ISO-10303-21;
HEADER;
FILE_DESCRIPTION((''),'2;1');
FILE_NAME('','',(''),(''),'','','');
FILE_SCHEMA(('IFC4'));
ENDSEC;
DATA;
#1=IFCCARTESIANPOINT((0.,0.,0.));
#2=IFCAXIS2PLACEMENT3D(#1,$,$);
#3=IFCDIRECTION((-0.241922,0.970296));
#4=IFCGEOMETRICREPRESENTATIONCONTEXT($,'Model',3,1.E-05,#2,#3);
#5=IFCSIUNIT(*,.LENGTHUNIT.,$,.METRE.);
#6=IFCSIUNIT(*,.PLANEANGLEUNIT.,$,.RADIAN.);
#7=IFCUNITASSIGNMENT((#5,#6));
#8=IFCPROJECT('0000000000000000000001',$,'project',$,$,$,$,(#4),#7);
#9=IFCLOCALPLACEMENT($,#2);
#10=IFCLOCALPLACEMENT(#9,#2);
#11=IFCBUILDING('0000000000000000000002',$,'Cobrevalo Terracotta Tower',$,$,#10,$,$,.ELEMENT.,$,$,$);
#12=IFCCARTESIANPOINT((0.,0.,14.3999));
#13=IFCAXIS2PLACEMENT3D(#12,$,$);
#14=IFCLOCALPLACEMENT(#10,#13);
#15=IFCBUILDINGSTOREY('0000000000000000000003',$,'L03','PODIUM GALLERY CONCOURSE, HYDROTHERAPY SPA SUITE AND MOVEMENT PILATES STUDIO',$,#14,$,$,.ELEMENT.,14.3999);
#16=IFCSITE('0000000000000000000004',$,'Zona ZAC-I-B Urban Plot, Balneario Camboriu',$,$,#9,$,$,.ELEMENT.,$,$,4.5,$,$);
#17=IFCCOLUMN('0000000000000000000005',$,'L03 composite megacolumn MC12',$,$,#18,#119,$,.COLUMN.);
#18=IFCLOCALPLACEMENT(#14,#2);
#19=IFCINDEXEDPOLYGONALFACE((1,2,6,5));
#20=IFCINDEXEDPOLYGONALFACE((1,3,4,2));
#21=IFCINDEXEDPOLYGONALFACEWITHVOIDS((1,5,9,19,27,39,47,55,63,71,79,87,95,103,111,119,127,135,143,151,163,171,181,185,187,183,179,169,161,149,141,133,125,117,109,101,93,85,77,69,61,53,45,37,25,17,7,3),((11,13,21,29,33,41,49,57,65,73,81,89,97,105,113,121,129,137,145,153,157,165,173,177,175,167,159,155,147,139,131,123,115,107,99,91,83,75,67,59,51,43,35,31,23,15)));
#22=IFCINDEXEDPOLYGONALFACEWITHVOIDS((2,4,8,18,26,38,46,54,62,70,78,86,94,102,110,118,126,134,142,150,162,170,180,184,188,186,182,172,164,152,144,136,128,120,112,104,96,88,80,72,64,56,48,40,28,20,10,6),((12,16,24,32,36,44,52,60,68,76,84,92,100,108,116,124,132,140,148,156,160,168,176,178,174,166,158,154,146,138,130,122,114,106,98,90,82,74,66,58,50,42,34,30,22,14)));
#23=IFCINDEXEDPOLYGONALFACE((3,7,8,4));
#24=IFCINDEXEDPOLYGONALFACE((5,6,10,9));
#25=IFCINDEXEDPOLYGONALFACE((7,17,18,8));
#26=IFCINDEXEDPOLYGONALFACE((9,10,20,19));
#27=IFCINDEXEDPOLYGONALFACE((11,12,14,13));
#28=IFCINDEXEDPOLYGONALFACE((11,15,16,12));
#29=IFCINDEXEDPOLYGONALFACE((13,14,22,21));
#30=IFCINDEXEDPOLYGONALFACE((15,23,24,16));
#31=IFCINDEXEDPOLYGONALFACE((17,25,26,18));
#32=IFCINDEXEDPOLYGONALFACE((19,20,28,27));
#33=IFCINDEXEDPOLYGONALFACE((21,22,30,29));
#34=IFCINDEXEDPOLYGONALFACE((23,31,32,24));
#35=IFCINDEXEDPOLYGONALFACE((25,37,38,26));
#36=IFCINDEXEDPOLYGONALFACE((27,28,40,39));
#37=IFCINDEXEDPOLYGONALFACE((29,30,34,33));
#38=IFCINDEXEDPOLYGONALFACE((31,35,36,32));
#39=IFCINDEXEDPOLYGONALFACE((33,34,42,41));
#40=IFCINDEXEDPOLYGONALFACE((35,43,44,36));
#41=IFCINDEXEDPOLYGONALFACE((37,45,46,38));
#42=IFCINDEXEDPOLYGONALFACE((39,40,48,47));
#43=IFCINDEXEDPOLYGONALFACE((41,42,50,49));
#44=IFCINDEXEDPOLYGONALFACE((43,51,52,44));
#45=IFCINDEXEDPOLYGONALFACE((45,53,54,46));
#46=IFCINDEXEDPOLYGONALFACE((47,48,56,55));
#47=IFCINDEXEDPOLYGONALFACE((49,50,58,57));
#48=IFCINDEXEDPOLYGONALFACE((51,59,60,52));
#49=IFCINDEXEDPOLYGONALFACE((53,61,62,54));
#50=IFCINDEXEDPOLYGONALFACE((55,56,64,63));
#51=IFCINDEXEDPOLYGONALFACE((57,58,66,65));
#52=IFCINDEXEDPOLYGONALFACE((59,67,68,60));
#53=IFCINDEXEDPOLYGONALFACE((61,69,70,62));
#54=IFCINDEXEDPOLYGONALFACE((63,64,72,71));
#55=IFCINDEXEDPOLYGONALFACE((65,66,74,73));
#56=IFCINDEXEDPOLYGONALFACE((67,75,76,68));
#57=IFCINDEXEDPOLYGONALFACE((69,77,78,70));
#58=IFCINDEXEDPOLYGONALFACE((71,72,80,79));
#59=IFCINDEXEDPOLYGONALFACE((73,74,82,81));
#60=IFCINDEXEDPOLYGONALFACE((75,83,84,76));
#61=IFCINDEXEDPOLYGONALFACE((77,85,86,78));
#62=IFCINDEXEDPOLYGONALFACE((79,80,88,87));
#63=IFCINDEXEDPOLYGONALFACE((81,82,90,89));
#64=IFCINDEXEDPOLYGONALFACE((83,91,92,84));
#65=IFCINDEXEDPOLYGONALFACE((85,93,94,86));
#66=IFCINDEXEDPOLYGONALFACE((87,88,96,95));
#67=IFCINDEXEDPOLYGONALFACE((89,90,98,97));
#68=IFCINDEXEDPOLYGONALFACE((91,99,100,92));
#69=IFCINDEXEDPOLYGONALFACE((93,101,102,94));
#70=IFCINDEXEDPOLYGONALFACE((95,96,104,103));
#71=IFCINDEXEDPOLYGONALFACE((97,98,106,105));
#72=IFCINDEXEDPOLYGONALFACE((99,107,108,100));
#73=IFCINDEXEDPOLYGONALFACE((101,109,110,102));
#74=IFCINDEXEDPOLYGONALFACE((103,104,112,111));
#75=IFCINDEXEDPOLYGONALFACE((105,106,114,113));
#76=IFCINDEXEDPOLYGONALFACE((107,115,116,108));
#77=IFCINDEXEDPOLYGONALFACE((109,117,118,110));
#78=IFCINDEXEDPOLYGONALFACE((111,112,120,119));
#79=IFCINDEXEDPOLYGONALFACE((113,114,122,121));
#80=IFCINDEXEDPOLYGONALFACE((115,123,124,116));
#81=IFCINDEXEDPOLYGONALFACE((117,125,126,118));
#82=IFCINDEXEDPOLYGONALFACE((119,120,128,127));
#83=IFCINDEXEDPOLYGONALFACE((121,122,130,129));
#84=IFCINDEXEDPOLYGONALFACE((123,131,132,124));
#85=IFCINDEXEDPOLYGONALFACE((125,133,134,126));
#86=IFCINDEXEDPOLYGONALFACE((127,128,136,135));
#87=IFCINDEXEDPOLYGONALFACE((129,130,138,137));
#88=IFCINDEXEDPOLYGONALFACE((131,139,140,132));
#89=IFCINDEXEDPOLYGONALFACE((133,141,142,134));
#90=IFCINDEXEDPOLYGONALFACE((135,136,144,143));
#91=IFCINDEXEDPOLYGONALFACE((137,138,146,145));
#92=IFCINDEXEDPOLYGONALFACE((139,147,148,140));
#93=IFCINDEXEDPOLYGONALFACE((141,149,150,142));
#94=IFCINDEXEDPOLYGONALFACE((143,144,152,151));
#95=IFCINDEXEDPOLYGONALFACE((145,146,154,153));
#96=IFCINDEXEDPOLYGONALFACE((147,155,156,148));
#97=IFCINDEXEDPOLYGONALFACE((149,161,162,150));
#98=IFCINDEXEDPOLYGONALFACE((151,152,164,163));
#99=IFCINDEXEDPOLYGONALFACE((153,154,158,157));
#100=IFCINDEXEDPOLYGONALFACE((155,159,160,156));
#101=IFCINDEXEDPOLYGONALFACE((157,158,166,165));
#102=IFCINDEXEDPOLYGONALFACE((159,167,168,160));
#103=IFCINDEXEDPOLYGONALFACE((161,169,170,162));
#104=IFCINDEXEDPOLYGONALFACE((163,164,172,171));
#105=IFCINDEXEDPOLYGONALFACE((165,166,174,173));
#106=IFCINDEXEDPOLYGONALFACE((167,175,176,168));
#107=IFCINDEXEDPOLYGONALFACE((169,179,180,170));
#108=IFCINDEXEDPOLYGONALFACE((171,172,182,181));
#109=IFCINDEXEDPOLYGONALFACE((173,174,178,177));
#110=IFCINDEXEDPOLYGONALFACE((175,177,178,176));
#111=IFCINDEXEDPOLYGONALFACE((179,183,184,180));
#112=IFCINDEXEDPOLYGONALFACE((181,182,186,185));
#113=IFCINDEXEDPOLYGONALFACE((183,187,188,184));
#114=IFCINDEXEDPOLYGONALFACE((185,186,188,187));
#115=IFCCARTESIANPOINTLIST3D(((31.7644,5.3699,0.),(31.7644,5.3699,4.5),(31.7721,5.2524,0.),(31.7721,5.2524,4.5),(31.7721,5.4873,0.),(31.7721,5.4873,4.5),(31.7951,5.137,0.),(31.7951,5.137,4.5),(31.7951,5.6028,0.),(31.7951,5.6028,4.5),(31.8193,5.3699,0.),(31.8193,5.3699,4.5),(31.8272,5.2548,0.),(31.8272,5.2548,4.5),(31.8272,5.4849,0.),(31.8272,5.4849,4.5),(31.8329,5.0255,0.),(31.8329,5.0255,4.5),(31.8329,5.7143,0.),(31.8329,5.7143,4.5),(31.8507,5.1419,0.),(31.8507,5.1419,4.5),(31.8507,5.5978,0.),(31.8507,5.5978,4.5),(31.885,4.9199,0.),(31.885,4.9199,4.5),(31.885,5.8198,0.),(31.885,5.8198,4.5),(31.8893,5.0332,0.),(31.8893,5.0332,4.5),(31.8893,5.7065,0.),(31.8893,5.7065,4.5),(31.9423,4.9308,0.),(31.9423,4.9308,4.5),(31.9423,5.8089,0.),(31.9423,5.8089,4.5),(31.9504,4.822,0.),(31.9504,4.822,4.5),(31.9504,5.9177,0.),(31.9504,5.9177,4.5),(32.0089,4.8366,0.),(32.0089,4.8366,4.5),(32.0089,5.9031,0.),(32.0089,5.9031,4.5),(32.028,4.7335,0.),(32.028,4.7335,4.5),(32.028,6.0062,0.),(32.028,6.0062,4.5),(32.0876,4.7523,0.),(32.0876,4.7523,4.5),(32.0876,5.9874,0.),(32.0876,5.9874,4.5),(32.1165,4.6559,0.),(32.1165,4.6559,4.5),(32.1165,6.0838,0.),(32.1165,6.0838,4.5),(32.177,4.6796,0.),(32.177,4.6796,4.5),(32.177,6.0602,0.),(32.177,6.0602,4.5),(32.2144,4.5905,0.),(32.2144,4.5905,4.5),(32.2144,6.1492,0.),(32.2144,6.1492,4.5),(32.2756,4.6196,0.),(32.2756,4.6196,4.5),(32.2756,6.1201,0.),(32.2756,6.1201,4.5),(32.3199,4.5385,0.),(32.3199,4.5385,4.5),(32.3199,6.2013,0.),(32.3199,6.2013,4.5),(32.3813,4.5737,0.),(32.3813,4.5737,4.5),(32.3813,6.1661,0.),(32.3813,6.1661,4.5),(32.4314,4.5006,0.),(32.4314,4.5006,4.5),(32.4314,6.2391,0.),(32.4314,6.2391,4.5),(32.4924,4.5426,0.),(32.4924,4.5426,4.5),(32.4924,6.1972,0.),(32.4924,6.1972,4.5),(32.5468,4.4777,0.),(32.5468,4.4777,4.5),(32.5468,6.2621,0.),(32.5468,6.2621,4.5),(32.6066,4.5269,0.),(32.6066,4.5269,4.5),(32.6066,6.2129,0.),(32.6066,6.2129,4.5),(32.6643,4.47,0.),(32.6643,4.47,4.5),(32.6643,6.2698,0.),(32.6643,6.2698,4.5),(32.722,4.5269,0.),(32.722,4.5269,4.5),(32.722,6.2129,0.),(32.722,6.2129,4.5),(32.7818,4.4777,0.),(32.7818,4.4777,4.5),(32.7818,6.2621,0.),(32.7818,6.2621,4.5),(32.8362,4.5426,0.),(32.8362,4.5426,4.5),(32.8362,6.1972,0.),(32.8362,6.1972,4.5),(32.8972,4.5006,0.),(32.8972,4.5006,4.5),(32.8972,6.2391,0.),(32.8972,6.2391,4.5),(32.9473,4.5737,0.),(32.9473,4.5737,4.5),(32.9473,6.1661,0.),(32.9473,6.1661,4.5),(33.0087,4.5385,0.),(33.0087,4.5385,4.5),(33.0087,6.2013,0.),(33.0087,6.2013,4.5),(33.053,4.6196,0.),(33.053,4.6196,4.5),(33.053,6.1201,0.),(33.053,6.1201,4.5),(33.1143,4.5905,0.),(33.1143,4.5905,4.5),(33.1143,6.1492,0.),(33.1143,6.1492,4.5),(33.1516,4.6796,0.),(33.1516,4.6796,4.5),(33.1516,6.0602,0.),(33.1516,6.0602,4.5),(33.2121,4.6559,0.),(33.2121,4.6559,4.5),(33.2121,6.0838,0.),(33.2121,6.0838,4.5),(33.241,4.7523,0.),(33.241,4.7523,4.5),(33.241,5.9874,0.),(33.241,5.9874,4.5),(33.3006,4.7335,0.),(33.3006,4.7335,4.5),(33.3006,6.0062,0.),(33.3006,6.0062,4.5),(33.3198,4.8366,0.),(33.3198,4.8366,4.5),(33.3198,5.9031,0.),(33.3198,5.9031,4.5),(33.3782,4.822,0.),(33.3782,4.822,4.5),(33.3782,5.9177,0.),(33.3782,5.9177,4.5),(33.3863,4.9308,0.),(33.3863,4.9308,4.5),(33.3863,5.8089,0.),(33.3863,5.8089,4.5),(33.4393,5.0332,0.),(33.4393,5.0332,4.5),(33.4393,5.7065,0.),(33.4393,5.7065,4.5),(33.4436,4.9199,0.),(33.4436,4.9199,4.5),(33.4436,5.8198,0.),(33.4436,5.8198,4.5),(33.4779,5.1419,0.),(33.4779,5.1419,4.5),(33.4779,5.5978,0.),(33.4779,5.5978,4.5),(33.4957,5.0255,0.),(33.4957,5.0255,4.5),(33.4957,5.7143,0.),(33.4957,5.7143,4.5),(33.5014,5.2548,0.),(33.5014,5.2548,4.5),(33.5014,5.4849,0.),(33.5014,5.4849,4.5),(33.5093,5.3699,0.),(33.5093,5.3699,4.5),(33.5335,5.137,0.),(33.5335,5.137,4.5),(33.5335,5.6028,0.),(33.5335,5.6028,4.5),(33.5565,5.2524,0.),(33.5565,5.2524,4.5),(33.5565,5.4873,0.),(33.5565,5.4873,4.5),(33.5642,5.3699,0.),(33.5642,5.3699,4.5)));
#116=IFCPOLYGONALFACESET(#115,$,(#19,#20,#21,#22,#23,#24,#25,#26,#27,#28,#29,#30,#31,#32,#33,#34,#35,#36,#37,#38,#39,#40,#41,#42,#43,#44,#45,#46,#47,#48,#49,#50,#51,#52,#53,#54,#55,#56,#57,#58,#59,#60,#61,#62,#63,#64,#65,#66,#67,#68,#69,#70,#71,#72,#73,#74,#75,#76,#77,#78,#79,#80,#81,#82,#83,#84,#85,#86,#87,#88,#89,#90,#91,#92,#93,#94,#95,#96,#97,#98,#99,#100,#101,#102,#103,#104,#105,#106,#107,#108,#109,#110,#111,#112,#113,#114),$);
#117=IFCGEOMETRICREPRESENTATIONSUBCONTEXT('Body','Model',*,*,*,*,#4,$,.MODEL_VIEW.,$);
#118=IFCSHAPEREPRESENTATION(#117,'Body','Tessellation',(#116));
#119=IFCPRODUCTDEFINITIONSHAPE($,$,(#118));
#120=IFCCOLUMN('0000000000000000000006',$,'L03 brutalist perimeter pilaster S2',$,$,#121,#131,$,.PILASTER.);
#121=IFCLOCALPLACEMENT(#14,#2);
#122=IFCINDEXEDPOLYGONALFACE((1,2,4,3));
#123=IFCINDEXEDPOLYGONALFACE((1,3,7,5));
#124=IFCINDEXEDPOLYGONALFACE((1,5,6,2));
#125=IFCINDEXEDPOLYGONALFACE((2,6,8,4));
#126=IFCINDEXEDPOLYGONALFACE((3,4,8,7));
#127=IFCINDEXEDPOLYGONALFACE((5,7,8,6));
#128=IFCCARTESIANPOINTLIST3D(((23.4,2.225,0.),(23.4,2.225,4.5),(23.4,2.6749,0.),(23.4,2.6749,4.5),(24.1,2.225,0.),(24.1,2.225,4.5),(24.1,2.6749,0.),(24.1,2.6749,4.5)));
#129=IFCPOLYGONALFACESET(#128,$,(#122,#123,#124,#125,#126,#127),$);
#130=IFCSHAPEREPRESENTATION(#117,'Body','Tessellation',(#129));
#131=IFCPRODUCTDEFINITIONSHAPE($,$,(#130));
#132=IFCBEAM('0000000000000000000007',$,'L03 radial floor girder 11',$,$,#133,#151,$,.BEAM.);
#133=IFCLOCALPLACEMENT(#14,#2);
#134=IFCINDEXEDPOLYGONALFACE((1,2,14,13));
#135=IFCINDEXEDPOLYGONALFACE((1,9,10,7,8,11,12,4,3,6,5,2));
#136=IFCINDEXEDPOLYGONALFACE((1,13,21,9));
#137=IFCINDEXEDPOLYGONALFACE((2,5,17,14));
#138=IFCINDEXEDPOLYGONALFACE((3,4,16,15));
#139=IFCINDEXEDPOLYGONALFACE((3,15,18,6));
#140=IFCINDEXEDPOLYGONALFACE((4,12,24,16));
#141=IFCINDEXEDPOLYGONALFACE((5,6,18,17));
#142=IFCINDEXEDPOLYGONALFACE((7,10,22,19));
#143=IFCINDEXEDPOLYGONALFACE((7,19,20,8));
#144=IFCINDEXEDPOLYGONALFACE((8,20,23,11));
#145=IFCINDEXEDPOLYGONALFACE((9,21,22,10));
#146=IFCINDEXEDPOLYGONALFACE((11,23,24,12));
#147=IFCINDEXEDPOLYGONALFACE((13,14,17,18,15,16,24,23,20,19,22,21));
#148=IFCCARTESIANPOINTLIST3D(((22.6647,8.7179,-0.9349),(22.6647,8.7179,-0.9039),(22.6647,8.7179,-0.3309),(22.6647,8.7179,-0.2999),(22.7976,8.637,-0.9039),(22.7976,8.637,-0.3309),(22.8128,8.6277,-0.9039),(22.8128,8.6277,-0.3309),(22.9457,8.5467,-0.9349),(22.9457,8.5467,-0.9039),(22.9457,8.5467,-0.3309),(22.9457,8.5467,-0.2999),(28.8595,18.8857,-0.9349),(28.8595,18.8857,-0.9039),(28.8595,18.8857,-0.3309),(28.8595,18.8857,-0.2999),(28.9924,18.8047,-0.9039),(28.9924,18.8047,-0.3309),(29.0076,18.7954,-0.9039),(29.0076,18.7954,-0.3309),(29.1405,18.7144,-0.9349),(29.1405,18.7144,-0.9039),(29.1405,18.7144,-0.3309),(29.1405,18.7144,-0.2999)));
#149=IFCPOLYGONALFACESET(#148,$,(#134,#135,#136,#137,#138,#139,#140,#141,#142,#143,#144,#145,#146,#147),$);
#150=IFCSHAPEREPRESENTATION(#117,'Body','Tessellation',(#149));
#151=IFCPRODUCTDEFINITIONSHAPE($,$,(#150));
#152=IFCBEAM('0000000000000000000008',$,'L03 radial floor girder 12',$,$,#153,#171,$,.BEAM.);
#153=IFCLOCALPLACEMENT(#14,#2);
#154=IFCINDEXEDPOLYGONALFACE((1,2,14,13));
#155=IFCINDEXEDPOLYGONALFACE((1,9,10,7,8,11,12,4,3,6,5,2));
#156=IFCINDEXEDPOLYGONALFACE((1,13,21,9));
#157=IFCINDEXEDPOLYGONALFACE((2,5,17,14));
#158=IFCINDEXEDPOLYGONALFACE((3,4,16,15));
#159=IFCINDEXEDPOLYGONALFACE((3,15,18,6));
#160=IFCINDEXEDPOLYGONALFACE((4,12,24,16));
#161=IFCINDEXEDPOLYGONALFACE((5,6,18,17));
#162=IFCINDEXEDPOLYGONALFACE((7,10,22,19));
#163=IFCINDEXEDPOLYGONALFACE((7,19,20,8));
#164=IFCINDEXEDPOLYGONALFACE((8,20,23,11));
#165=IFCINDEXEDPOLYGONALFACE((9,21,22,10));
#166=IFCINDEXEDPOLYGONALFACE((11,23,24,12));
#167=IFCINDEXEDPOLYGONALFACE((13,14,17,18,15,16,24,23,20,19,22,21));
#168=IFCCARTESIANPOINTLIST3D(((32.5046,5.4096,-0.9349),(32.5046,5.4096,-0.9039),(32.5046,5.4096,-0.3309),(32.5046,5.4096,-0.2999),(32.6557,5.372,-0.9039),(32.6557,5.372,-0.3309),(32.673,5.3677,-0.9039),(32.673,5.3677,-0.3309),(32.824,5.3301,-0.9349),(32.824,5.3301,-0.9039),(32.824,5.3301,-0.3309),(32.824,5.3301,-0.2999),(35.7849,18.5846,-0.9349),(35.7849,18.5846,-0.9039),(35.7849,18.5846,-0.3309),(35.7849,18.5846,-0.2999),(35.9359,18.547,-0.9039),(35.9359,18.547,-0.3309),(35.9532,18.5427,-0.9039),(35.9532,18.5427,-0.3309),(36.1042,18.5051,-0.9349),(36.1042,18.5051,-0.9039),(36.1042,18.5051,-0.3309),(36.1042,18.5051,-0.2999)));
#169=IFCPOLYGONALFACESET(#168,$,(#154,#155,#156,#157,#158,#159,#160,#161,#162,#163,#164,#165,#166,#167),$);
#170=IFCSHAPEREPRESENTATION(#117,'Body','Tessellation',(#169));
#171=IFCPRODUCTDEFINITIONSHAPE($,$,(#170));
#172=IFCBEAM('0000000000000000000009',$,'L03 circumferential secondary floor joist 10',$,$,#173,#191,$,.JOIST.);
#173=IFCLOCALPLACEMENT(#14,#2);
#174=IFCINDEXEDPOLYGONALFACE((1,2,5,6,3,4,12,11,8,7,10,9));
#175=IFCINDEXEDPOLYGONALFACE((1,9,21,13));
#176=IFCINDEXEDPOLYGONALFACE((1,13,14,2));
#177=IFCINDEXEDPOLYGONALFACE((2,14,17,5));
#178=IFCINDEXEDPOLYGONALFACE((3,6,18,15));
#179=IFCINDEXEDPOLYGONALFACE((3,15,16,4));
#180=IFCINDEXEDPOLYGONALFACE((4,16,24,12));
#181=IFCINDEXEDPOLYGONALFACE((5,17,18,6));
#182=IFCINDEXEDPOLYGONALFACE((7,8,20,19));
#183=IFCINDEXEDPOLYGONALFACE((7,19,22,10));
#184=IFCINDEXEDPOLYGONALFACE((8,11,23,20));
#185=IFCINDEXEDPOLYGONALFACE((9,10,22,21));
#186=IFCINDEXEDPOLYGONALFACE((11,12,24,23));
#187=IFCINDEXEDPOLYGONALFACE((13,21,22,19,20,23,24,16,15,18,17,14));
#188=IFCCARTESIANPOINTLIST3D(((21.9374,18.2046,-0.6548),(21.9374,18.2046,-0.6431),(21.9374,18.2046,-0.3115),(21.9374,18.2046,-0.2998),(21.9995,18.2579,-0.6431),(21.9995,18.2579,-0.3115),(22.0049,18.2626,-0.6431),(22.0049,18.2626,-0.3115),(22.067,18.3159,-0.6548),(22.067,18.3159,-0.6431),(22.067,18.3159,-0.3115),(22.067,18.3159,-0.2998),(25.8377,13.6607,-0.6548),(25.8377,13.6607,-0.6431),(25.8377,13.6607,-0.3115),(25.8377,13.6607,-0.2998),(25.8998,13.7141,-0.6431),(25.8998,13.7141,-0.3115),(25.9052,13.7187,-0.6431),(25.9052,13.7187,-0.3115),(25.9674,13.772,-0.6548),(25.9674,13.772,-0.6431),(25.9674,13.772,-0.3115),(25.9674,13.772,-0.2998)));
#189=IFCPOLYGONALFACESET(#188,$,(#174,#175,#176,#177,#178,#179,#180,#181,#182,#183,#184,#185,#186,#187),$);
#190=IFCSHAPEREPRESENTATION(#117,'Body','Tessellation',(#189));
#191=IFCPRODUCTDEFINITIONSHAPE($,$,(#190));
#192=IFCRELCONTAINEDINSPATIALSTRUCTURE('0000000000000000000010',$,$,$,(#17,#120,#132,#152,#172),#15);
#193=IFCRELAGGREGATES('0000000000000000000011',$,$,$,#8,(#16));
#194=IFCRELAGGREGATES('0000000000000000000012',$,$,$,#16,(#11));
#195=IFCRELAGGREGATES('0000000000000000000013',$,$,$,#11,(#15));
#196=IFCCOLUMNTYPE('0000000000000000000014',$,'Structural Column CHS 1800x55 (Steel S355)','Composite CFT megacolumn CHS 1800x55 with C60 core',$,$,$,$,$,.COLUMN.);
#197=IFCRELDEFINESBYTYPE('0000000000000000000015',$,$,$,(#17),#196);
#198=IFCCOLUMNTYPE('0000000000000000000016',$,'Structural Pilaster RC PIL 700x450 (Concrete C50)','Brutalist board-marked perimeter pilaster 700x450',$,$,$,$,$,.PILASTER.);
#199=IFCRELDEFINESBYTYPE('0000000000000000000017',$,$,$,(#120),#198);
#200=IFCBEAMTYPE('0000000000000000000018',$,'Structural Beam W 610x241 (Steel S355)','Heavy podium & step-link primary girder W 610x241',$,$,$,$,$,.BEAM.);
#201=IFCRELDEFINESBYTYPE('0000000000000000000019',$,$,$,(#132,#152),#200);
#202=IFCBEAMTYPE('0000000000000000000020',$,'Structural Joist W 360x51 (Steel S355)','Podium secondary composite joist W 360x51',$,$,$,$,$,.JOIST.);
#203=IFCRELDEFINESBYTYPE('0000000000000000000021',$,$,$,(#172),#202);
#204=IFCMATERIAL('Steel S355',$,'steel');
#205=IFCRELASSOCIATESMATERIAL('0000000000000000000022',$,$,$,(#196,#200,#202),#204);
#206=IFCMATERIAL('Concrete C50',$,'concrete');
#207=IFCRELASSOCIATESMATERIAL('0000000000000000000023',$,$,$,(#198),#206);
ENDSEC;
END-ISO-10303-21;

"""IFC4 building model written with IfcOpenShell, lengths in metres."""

from ifc_helpers import new_model, si_unit, direction, frame, origin, origin_2d, place, context, subcontext, project, spatial, rectangle, hollow_circle, i_section, extrude, material, material_profile, profile_set, type_object, element, save


model = new_model("IFC4")

# Units and contexts
model_context = context("Model", 3, precision=1e-05, world=origin(), true_north=direction((-0.241922, 0.970296)))
body_context = subcontext(model_context, "Body", "Model", "MODEL_VIEW")
ifc_project = project(units=[si_unit("LENGTHUNIT", "METRE"), si_unit("PLANEANGLEUNIT", "RADIAN")], contexts=[model_context])

# Site, building, storey
site_placement = place(None, origin())
site = spatial("IfcSite", under=ifc_project, at=site_placement, Name="Zona ZAC-I-B Urban Plot, Balneario Camboriu", CompositionType="ELEMENT", RefElevation=4.5)
building_placement = place(site_placement, origin())
building = spatial("IfcBuilding", under=site, at=building_placement, Name="Cobrevalo Terracotta Tower", CompositionType="ELEMENT")
storey_placement = place(building_placement, frame((0.0, 0.0, 14.3999)))
storey = spatial("IfcBuildingStorey", under=building, at=storey_placement, Name="L03", Description="PODIUM GALLERY CONCOURSE, HYDROTHERAPY SPA SUITE AND MOVEMENT PILATES STUDIO", CompositionType="ELEMENT", Elevation=14.3999)

# Columns
ifc_material_1 = material(Name="Steel S355", Category="steel")
ifc_material_profile_1 = material_profile(ifc_material_1, hollow_circle(Radius=0.8999, WallThickness=0.0549, at=origin_2d()), Name="CHS 1800x55")
ifc_profile_set_1 = profile_set([ifc_material_profile_1], Name="Steel S355")
column_type_1 = type_object("IfcColumnType", Name="Structural Column CHS 1800x55 (Steel S355)", Description="Composite CFT megacolumn CHS 1800x55 with C60 core", PredefinedType="COLUMN", material=ifc_profile_set_1)
for number, where, z_axis, x_axis, name in (
    (1, (32.6643, 5.3699, 0.0), (0.0, 0.0, 1.0), (1.0, 0.0, 0.0), "L03 composite megacolumn MC12"),
):
    element("IfcColumn", number, at=place(storey_placement, frame(where, z_axis=z_axis, x_axis=x_axis)), inside=storey, type_object=column_type_1, Name=name, PredefinedType="COLUMN", context=body_context, shape_type="SweptSolid", body=[
        extrude(hollow_circle(Radius=0.8999, WallThickness=0.0549, at=origin_2d()), origin(), (0.0, 0.0, 1.0), 4.5),
    ])
ifc_material_2 = material(Name="Concrete C50", Category="concrete")
ifc_material_profile_2 = material_profile(ifc_material_2, rectangle(XDim=0.7, YDim=0.45, at=origin_2d()), Name="RC PIL 700x450")
ifc_profile_set_2 = profile_set([ifc_material_profile_2], Name="Concrete C50")
column_type_2 = type_object("IfcColumnType", Name="Structural Pilaster RC PIL 700x450 (Concrete C50)", Description="Brutalist board-marked perimeter pilaster 700x450", PredefinedType="PILASTER", material=ifc_profile_set_2)
column_placement = place(storey_placement, frame((23.75, 2.45, 0.0), z_axis=(0.0, 0.0, 1.0), x_axis=(1.0, 0.0, 0.0)))
element("IfcColumn", 2, at=column_placement, inside=storey, type_object=column_type_2, Name="L03 brutalist perimeter pilaster S2", PredefinedType="PILASTER", context=body_context, shape_type="SweptSolid", body=[
    extrude(rectangle(XDim=0.7, YDim=0.45, at=origin_2d()), origin(), (0.0, 0.0, 1.0), 4.5),
])

# Beams
ifc_material_profile_3 = material_profile(ifc_material_1, i_section(OverallWidth=0.3291, OverallDepth=0.635, WebThickness=0.0178, FlangeThickness=0.031, at=origin_2d()), Name="W 610x241")
ifc_profile_set_3 = profile_set([ifc_material_profile_3], Name="Steel S355")
beam_type_1 = type_object("IfcBeamType", Name="Structural Beam W 610x241 (Steel S355)", Description="Heavy podium & step-link primary girder W 610x241", PredefinedType="BEAM", material=ifc_profile_set_3)
beam_1_placement = place(storey_placement, frame((22.8052, 8.6323, -0.6174), z_axis=(0.520301, 0.853983, 0.0), x_axis=(-0.853983, 0.520301, 0.0)))
element("IfcBeam", 3, at=beam_1_placement, inside=storey, type_object=beam_type_1, Name="L03 radial floor girder 11", PredefinedType="BEAM", context=body_context, shape_type="SweptSolid", body=[
    extrude(i_section(OverallWidth=0.3291, OverallDepth=0.635, WebThickness=0.0178, FlangeThickness=0.031, at=origin_2d()), origin(), (0.0, 0.0, 1.0), 11.9062),
])
beam_2_placement = place(storey_placement, frame((32.6643, 5.3699, -0.6174), z_axis=(0.2416, 0.970376, 0.0), x_axis=(-0.970376, 0.2416, 0.0)))
element("IfcBeam", 4, at=beam_2_placement, inside=storey, type_object=beam_type_1, Name="L03 radial floor girder 12", PredefinedType="BEAM", context=body_context, shape_type="SweptSolid", body=[
    extrude(i_section(OverallWidth=0.3291, OverallDepth=0.635, WebThickness=0.0178, FlangeThickness=0.031, at=origin_2d()), origin(), (0.0, 0.0, 1.0), 13.5771),
])
ifc_material_profile_4 = material_profile(ifc_material_1, i_section(OverallWidth=0.1709, OverallDepth=0.355, WebThickness=0.0071, FlangeThickness=0.0117, at=origin_2d()), Name="W 360x51")
ifc_profile_set_4 = profile_set([ifc_material_profile_4], Name="Steel S355")
beam_type_2 = type_object("IfcBeamType", Name="Structural Joist W 360x51 (Steel S355)", Description="Podium secondary composite joist W 360x51", PredefinedType="JOIST", material=ifc_profile_set_4)
beam_3_placement = place(storey_placement, frame((22.0022, 18.2603, -0.4773), z_axis=(0.651328, -0.758796, 0.0), x_axis=(0.758796, 0.651328, 0.0)))
element("IfcBeam", 5, at=beam_3_placement, inside=storey, type_object=beam_type_2, Name="L03 circumferential secondary floor joist 10", PredefinedType="JOIST", context=body_context, shape_type="SweptSolid", body=[
    extrude(i_section(OverallWidth=0.1709, OverallDepth=0.355, WebThickness=0.0071, FlangeThickness=0.0117, at=origin_2d()), origin(), (0.0, 0.0, 1.0), 5.9883),
])

save(model, "model.ifc")
